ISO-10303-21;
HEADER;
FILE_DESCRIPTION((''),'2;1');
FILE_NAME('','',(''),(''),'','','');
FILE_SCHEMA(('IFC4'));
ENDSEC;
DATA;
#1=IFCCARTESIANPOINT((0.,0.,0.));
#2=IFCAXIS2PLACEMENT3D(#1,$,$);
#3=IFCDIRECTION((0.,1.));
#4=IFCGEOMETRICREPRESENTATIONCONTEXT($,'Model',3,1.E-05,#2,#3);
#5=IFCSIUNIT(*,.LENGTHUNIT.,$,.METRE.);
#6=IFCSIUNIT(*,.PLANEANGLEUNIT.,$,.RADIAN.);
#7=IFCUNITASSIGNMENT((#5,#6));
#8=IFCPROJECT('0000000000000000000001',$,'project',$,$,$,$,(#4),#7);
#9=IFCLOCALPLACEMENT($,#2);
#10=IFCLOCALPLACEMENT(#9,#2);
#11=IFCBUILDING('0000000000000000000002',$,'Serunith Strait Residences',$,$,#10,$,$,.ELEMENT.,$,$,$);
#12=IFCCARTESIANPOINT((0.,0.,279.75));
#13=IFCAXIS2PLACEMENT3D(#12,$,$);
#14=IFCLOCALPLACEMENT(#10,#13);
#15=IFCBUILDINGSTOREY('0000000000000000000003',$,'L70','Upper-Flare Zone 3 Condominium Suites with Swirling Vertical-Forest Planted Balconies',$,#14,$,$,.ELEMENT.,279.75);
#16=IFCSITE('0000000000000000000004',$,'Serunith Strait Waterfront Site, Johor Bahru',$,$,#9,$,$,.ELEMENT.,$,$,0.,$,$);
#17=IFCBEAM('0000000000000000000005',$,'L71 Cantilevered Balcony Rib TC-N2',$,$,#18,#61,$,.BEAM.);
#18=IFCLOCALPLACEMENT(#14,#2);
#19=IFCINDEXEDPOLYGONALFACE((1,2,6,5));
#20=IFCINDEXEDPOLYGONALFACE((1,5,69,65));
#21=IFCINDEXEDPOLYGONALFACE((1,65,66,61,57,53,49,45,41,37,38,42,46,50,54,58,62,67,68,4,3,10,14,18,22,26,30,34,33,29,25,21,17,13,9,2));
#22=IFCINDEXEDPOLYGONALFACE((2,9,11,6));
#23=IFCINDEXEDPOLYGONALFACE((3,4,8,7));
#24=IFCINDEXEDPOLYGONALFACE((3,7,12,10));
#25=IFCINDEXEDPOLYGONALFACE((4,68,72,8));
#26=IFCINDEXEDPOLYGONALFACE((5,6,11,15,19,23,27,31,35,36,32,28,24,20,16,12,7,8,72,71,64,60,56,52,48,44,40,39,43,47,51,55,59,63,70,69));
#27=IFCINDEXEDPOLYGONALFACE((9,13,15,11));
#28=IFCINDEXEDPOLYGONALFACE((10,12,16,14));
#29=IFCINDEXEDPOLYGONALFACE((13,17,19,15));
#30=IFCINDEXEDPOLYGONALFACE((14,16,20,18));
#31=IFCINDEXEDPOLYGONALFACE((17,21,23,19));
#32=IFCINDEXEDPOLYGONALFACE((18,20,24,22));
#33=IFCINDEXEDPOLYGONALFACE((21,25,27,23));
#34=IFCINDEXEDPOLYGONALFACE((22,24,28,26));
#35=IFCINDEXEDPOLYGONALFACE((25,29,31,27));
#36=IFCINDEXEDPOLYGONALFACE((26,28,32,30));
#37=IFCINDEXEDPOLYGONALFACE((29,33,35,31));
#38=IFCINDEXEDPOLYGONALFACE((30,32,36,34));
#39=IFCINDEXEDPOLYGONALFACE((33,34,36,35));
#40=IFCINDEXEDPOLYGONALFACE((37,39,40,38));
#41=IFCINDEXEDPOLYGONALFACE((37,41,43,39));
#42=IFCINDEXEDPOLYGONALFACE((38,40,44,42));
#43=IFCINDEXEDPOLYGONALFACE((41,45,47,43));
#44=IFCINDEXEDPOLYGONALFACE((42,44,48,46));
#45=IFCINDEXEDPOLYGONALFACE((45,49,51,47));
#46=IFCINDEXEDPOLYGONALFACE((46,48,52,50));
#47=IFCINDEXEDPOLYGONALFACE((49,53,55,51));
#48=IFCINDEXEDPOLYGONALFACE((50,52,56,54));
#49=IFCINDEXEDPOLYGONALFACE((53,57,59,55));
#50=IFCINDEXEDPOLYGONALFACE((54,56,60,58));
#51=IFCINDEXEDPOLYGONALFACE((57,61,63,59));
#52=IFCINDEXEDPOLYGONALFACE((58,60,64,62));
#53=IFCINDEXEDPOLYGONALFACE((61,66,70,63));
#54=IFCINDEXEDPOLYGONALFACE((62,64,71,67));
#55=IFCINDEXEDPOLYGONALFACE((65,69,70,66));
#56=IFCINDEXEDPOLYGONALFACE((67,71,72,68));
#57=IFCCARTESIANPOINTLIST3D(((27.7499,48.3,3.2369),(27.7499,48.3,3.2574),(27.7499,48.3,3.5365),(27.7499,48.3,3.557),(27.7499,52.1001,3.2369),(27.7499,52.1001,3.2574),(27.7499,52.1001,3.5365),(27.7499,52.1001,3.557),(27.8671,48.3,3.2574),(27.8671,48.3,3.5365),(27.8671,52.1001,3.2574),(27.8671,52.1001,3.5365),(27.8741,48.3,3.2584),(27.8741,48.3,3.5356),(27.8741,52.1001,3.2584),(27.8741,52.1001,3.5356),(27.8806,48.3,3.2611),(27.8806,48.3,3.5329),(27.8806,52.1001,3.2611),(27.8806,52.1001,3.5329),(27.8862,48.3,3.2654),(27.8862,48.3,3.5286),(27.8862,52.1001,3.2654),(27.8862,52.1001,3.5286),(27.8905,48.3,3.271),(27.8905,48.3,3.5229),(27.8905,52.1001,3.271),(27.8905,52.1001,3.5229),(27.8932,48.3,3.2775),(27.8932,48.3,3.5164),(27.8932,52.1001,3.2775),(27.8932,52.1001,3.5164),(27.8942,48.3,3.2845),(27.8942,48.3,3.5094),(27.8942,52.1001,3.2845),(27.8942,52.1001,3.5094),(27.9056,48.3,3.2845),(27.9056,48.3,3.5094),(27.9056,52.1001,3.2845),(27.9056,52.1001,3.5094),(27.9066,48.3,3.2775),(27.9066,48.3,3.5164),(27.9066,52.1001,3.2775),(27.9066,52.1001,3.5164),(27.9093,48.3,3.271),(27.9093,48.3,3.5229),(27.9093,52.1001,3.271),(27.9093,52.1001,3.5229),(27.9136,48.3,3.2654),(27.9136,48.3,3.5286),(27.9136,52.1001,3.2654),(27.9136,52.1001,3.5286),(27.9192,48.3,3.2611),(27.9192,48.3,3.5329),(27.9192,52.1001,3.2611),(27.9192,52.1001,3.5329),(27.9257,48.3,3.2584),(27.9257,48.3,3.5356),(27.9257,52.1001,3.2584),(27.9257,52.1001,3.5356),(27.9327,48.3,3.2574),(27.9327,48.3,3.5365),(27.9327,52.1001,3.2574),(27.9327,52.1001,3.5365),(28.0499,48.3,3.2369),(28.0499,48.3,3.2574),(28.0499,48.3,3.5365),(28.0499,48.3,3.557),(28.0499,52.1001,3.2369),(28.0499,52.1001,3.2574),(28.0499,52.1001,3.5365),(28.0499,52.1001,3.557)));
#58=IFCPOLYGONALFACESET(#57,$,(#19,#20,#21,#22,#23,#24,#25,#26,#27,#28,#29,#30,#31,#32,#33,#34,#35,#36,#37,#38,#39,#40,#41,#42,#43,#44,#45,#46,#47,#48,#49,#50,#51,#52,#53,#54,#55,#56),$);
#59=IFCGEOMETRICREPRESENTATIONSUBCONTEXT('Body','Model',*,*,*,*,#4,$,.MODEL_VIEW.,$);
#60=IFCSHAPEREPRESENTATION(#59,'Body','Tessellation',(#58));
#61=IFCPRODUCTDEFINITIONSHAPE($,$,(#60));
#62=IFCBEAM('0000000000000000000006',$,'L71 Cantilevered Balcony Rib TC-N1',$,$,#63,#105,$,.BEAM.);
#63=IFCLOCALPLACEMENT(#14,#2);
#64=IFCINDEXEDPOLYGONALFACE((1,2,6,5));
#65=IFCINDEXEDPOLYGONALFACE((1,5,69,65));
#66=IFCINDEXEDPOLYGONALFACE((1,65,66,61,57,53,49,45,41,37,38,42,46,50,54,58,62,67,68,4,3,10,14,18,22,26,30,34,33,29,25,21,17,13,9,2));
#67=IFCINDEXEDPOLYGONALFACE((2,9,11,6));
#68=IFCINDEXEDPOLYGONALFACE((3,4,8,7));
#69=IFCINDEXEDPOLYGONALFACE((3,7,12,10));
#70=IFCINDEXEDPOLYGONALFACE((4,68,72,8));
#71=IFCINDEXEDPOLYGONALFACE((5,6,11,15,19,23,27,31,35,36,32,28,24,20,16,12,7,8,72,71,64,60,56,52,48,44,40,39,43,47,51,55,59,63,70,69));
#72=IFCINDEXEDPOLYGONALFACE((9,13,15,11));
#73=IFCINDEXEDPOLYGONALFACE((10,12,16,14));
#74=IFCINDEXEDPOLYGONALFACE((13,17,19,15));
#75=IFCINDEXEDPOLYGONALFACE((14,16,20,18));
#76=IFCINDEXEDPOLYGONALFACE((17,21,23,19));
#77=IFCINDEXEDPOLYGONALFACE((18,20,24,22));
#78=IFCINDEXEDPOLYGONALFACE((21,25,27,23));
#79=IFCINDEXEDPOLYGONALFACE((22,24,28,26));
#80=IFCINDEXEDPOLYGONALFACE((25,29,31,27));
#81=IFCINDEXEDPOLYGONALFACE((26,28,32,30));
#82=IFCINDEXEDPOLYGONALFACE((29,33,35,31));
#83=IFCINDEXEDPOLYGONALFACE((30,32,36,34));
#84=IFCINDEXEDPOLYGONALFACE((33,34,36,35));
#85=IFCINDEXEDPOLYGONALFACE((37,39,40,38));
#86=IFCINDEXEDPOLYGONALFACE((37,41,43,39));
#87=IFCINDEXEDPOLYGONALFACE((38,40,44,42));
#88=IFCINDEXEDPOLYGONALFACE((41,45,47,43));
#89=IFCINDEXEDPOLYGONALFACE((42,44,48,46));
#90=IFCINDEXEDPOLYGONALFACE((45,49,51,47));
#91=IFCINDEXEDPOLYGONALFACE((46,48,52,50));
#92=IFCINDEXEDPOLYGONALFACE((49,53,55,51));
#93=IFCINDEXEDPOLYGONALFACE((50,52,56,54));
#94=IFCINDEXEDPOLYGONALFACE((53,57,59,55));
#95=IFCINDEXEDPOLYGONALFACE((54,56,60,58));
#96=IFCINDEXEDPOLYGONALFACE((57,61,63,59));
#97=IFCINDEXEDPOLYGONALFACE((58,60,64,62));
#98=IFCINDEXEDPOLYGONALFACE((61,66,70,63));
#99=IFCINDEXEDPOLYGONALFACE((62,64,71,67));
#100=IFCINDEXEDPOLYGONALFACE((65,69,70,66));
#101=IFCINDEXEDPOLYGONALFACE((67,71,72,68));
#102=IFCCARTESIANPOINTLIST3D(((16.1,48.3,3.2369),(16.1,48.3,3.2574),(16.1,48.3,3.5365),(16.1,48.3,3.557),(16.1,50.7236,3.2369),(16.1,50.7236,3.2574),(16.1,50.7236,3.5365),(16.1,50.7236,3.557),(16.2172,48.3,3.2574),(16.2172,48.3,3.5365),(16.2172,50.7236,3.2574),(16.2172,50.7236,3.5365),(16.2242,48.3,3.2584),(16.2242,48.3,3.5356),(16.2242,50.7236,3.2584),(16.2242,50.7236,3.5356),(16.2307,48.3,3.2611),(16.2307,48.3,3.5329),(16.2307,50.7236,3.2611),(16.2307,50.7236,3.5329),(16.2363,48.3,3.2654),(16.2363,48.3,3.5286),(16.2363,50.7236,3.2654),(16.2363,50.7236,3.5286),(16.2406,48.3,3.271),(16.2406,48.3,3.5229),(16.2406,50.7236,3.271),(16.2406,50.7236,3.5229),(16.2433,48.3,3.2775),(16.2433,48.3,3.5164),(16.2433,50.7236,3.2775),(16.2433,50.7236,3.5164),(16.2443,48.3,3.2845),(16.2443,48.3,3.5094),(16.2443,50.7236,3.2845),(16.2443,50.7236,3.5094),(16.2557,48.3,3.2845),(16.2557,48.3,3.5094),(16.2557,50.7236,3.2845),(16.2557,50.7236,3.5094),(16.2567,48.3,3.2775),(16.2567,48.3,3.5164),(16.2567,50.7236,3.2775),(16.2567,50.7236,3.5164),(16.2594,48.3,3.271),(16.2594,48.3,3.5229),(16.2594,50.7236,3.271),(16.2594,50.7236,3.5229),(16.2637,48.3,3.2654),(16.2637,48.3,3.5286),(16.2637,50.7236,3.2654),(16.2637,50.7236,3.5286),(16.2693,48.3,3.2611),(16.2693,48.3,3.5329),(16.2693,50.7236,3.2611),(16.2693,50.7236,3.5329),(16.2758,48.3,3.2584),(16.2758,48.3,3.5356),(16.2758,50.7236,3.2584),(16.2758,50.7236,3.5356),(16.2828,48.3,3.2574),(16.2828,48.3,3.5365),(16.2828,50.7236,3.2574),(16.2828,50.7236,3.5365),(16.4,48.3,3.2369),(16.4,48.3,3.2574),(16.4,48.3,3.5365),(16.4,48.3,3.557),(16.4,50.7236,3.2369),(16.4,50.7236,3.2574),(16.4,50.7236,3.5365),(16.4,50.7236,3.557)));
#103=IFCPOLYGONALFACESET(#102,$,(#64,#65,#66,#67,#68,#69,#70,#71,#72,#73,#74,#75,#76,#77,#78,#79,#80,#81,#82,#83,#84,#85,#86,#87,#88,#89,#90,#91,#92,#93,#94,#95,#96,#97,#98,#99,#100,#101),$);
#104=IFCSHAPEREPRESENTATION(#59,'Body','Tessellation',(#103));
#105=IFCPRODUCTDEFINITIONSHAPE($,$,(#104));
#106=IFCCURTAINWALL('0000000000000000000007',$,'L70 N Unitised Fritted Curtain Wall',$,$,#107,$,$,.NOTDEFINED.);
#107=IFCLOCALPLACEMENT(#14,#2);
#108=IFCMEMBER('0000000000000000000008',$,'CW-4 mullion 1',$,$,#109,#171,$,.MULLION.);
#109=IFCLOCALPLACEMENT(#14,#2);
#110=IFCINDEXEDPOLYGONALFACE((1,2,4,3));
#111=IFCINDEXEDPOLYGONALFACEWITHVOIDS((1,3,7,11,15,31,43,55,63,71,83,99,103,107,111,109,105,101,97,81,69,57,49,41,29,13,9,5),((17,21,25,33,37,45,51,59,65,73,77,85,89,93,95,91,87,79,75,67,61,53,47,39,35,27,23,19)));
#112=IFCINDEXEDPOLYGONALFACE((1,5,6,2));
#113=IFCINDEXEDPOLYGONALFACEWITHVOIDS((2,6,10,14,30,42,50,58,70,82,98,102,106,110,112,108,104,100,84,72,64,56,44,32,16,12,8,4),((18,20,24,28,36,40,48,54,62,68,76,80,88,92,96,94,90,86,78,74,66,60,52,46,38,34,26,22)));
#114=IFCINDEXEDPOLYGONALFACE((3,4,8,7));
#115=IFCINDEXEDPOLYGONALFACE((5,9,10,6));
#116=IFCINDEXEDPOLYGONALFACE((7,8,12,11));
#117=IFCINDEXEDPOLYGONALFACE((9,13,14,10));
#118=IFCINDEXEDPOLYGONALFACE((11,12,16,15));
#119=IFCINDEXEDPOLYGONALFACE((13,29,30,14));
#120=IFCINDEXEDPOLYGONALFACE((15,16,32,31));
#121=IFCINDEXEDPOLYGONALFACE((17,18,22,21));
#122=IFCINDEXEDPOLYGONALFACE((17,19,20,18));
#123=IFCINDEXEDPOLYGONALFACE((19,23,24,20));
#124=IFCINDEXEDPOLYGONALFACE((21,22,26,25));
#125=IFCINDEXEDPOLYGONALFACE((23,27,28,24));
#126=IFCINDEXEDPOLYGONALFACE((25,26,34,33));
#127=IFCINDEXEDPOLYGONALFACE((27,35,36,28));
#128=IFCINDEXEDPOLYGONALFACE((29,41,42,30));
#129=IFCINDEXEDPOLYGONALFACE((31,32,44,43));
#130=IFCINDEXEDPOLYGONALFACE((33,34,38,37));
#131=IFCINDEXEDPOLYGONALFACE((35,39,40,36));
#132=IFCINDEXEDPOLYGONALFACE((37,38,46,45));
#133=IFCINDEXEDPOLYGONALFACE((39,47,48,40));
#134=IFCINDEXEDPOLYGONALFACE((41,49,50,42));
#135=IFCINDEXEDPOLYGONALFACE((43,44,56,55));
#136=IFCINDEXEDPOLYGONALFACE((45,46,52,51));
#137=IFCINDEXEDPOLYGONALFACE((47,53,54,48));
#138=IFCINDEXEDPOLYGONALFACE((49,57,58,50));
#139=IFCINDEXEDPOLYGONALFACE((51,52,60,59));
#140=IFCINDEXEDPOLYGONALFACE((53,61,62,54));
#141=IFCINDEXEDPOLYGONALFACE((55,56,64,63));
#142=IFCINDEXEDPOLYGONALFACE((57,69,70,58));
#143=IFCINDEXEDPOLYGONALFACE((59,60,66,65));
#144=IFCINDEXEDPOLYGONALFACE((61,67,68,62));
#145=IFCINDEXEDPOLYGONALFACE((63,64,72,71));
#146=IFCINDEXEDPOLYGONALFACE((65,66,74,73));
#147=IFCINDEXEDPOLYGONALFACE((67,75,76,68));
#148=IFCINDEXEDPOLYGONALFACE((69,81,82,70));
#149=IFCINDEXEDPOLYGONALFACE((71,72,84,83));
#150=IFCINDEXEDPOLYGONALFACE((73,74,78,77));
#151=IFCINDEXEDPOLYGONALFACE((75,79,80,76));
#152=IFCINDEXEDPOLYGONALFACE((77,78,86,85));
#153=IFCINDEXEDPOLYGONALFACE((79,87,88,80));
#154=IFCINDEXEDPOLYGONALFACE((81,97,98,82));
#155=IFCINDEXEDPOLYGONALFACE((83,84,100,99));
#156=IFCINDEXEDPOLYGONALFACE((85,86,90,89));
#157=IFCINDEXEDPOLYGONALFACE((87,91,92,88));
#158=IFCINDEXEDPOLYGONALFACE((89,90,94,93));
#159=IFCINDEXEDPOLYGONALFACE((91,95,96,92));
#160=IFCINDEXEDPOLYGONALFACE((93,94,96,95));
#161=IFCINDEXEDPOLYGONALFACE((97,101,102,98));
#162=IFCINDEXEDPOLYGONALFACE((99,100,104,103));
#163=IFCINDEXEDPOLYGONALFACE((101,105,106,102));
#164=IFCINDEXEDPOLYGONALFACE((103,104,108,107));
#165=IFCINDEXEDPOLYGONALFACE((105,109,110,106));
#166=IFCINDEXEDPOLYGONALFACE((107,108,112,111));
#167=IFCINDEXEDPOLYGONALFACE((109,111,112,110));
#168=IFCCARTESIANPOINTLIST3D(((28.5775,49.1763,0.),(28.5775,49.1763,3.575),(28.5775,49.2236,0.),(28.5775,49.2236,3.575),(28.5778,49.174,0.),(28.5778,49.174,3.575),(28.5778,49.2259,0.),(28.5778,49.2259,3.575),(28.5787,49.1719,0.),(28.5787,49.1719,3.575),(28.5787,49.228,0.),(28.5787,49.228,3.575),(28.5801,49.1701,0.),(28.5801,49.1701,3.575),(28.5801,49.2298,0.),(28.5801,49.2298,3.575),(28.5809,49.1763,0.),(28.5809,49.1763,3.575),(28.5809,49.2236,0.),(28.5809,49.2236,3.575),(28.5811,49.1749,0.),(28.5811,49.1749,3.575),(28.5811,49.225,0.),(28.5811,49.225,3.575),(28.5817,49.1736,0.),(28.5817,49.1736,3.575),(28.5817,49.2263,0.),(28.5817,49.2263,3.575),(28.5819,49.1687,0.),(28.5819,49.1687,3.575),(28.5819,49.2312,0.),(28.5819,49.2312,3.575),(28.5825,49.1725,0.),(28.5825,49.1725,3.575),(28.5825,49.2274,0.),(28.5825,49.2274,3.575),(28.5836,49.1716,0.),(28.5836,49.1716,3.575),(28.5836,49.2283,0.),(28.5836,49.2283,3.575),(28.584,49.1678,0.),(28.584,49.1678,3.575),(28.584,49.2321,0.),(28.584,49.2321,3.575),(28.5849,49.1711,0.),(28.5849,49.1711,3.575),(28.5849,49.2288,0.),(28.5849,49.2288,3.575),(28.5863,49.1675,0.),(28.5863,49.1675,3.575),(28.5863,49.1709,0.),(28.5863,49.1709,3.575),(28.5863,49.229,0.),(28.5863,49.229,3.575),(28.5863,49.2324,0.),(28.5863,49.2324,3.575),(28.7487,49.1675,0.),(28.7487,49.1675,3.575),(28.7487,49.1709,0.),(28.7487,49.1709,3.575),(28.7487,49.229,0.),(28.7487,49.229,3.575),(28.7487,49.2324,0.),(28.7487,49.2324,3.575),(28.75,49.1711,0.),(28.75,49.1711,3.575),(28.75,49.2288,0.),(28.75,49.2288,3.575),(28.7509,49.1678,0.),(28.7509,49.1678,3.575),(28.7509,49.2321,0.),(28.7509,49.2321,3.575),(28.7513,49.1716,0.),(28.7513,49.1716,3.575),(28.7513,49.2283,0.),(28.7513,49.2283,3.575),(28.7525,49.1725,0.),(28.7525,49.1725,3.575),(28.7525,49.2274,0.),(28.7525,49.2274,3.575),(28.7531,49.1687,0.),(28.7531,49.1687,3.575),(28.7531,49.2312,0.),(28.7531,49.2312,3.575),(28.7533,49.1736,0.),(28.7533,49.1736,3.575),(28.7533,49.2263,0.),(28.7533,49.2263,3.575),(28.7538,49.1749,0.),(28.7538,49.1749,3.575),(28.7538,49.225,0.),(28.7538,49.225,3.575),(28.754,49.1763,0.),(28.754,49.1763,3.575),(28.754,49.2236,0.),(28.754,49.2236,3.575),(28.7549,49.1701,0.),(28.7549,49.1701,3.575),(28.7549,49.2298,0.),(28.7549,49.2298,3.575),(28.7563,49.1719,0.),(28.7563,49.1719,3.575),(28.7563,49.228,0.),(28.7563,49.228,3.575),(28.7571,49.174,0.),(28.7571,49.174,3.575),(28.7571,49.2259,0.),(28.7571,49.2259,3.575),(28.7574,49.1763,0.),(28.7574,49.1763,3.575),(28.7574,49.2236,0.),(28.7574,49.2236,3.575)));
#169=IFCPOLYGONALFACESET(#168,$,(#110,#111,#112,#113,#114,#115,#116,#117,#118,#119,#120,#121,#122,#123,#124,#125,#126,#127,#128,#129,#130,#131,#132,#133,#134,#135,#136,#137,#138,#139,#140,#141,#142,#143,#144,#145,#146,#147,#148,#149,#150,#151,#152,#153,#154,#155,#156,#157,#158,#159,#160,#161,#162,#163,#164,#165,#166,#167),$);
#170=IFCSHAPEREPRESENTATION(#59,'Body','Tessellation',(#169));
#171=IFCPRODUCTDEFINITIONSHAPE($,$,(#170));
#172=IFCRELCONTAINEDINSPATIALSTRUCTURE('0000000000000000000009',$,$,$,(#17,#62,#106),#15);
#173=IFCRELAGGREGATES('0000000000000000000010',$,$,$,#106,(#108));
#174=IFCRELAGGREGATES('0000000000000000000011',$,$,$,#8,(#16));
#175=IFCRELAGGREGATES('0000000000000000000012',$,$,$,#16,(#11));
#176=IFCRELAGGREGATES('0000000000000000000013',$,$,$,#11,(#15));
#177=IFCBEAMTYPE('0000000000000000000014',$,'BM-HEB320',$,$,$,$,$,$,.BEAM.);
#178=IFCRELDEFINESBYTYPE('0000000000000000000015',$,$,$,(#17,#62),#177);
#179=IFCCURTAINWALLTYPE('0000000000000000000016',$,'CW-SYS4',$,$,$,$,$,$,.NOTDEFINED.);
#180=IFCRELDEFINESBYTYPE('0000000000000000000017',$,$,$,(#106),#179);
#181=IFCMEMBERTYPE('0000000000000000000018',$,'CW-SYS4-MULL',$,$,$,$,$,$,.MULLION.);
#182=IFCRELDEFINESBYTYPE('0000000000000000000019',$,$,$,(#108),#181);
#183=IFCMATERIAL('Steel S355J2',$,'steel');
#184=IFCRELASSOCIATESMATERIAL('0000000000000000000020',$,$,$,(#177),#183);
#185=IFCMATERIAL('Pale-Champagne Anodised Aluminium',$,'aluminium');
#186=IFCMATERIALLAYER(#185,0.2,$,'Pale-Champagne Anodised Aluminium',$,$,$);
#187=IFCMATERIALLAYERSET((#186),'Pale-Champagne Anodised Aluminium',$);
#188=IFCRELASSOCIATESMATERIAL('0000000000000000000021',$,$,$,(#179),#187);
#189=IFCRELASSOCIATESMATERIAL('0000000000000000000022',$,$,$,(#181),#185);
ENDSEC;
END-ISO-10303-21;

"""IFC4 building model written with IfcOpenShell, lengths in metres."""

from ifc_helpers import new_model, si_unit, direction, frame, origin, origin_2d, place, context, subcontext, project, spatial, hollow_rectangle, i_section, extrude, source, transform, mapped, material, layer, layer_set, material_profile, profile_set, type_object, element, aggregate, save


model = new_model("IFC4")

# Units and contexts
model_context = context("Model", 3, precision=1e-05, world=origin(), true_north=direction((0.0, 1.0)))
body_context = subcontext(model_context, "Body", "Model", "MODEL_VIEW")
ifc_project = project(units=[si_unit("LENGTHUNIT", "METRE"), si_unit("PLANEANGLEUNIT", "RADIAN")], contexts=[model_context])

# Site, building, storey
site_placement = place(None, origin())
site = spatial("IfcSite", under=ifc_project, at=site_placement, Name="Serunith Strait Waterfront Site, Johor Bahru", CompositionType="ELEMENT", RefElevation=0.0)
building_placement = place(site_placement, origin())
building = spatial("IfcBuilding", under=site, at=building_placement, Name="Serunith Strait Residences", CompositionType="ELEMENT")
storey_placement = place(building_placement, frame((0.0, 0.0, 279.75)))
storey = spatial("IfcBuildingStorey", under=building, at=storey_placement, Name="L70", Description="Upper-Flare Zone 3 Condominium Suites with Swirling Vertical-Forest Planted Balconies", CompositionType="ELEMENT", Elevation=279.75)

# Beams
ifc_material_1 = material(Name="Steel S355J2", Category="steel")
ifc_material_profile_1 = material_profile(ifc_material_1, i_section(OverallWidth=0.3, OverallDepth=0.3201, WebThickness=0.0115, FlangeThickness=0.0205, FilletRadius=0.0271, at=origin_2d()), Name="HEB 320")
ifc_profile_set_1 = profile_set([ifc_material_profile_1], Name="Steel S355J2")
beam_type_1 = type_object("IfcBeamType", Name="BM-HEB320", PredefinedType="BEAM", material=ifc_profile_set_1)
shared_shape_1 = source(origin(), body_context, "Body", "SweptSolid", [
    extrude(i_section(OverallWidth=0.3, OverallDepth=0.3201, WebThickness=0.0115, FlangeThickness=0.0205, FilletRadius=0.0271, at=origin_2d()), origin(), (0.0, 0.0, 1.0), 3.8),
])
beam_1_placement = place(storey_placement, frame((27.8999, 48.3, 3.397), z_axis=(0.0, 1.0, 0.0), x_axis=(-1.0, 0.0, 0.0)))
element("IfcBeam", 1, at=beam_1_placement, inside=storey, type_object=beam_type_1, Name="L71 Cantilevered Balcony Rib TC-N2", PredefinedType="BEAM", context=body_context, shape_type="MappedRepresentation", body=[
    mapped(shared_shape_1, transform((0.0, 0.0, 0.0), scale=1.0)),
])
shared_shape_2 = source(origin(), body_context, "Body", "SweptSolid", [
    extrude(i_section(OverallWidth=0.3, OverallDepth=0.3201, WebThickness=0.0115, FlangeThickness=0.0205, FilletRadius=0.0271, at=origin_2d()), origin(), (0.0, 0.0, 1.0), 2.4236),
])
beam_2_placement = place(storey_placement, frame((16.25, 48.3, 3.397), z_axis=(0.0, 1.0, 0.0), x_axis=(-1.0, 0.0, 0.0)))
element("IfcBeam", 2, at=beam_2_placement, inside=storey, type_object=beam_type_1, Name="L71 Cantilevered Balcony Rib TC-N1", PredefinedType="BEAM", context=body_context, shape_type="MappedRepresentation", body=[
    mapped(shared_shape_2, transform((0.0, 0.0, 0.0), scale=1.0)),
])

# Curtain wall, member
ifc_material_2 = material(Name="Pale-Champagne Anodised Aluminium", Category="aluminium")
ifc_layer_1 = layer(ifc_material_2, 0.2, Name="Pale-Champagne Anodised Aluminium")
ifc_layer_set_1 = layer_set([ifc_layer_1], Name="Pale-Champagne Anodised Aluminium")
curtain_wall_type = type_object("IfcCurtainWallType", Name="CW-SYS4", PredefinedType="NOTDEFINED", material=ifc_layer_set_1)
curtain_wall_placement = place(storey_placement, origin())
curtain_wall = element("IfcCurtainWall", 3, at=curtain_wall_placement, inside=storey, type_object=curtain_wall_type, Name="L70 N Unitised Fritted Curtain Wall", PredefinedType="NOTDEFINED")
ifc_material_profile_2 = material_profile(ifc_material_2, hollow_rectangle(XDim=0.0649, YDim=0.1799, WallThickness=0.0034, InnerFilletRadius=0.0054, OuterFilletRadius=0.0088, at=origin_2d()), Name="ALU 180x65x3.5")
ifc_profile_set_2 = profile_set([ifc_material_profile_2], Name="Pale-Champagne Anodised Aluminium")
member_type_1 = type_object("IfcMemberType", Name="CW-SYS4-MULL", PredefinedType="MULLION", material=ifc_profile_set_2)
shared_shape_3 = source(origin(), body_context, "Body", "SweptSolid", [
    extrude(hollow_rectangle(XDim=0.0649, YDim=0.1799, WallThickness=0.0034, InnerFilletRadius=0.0054, OuterFilletRadius=0.0088, at=origin_2d()), origin(), (0.0, 0.0, 1.0), 3.575),
])
member_1_placement = place(storey_placement, frame((28.6675, 49.2, 0.0), z_axis=(0.0, 0.0, 1.0), x_axis=(0.0, -1.0, 0.0)))
member_1 = element("IfcMember", 4, at=member_1_placement, type_object=member_type_1, Name="CW-4 mullion 1", PredefinedType="MULLION", context=body_context, shape_type="MappedRepresentation", body=[
    mapped(shared_shape_3, transform((0.0, 0.0, 0.0), scale=1.0)),
])
aggregate(curtain_wall, [member_1])

save(model, "model.ifc")
